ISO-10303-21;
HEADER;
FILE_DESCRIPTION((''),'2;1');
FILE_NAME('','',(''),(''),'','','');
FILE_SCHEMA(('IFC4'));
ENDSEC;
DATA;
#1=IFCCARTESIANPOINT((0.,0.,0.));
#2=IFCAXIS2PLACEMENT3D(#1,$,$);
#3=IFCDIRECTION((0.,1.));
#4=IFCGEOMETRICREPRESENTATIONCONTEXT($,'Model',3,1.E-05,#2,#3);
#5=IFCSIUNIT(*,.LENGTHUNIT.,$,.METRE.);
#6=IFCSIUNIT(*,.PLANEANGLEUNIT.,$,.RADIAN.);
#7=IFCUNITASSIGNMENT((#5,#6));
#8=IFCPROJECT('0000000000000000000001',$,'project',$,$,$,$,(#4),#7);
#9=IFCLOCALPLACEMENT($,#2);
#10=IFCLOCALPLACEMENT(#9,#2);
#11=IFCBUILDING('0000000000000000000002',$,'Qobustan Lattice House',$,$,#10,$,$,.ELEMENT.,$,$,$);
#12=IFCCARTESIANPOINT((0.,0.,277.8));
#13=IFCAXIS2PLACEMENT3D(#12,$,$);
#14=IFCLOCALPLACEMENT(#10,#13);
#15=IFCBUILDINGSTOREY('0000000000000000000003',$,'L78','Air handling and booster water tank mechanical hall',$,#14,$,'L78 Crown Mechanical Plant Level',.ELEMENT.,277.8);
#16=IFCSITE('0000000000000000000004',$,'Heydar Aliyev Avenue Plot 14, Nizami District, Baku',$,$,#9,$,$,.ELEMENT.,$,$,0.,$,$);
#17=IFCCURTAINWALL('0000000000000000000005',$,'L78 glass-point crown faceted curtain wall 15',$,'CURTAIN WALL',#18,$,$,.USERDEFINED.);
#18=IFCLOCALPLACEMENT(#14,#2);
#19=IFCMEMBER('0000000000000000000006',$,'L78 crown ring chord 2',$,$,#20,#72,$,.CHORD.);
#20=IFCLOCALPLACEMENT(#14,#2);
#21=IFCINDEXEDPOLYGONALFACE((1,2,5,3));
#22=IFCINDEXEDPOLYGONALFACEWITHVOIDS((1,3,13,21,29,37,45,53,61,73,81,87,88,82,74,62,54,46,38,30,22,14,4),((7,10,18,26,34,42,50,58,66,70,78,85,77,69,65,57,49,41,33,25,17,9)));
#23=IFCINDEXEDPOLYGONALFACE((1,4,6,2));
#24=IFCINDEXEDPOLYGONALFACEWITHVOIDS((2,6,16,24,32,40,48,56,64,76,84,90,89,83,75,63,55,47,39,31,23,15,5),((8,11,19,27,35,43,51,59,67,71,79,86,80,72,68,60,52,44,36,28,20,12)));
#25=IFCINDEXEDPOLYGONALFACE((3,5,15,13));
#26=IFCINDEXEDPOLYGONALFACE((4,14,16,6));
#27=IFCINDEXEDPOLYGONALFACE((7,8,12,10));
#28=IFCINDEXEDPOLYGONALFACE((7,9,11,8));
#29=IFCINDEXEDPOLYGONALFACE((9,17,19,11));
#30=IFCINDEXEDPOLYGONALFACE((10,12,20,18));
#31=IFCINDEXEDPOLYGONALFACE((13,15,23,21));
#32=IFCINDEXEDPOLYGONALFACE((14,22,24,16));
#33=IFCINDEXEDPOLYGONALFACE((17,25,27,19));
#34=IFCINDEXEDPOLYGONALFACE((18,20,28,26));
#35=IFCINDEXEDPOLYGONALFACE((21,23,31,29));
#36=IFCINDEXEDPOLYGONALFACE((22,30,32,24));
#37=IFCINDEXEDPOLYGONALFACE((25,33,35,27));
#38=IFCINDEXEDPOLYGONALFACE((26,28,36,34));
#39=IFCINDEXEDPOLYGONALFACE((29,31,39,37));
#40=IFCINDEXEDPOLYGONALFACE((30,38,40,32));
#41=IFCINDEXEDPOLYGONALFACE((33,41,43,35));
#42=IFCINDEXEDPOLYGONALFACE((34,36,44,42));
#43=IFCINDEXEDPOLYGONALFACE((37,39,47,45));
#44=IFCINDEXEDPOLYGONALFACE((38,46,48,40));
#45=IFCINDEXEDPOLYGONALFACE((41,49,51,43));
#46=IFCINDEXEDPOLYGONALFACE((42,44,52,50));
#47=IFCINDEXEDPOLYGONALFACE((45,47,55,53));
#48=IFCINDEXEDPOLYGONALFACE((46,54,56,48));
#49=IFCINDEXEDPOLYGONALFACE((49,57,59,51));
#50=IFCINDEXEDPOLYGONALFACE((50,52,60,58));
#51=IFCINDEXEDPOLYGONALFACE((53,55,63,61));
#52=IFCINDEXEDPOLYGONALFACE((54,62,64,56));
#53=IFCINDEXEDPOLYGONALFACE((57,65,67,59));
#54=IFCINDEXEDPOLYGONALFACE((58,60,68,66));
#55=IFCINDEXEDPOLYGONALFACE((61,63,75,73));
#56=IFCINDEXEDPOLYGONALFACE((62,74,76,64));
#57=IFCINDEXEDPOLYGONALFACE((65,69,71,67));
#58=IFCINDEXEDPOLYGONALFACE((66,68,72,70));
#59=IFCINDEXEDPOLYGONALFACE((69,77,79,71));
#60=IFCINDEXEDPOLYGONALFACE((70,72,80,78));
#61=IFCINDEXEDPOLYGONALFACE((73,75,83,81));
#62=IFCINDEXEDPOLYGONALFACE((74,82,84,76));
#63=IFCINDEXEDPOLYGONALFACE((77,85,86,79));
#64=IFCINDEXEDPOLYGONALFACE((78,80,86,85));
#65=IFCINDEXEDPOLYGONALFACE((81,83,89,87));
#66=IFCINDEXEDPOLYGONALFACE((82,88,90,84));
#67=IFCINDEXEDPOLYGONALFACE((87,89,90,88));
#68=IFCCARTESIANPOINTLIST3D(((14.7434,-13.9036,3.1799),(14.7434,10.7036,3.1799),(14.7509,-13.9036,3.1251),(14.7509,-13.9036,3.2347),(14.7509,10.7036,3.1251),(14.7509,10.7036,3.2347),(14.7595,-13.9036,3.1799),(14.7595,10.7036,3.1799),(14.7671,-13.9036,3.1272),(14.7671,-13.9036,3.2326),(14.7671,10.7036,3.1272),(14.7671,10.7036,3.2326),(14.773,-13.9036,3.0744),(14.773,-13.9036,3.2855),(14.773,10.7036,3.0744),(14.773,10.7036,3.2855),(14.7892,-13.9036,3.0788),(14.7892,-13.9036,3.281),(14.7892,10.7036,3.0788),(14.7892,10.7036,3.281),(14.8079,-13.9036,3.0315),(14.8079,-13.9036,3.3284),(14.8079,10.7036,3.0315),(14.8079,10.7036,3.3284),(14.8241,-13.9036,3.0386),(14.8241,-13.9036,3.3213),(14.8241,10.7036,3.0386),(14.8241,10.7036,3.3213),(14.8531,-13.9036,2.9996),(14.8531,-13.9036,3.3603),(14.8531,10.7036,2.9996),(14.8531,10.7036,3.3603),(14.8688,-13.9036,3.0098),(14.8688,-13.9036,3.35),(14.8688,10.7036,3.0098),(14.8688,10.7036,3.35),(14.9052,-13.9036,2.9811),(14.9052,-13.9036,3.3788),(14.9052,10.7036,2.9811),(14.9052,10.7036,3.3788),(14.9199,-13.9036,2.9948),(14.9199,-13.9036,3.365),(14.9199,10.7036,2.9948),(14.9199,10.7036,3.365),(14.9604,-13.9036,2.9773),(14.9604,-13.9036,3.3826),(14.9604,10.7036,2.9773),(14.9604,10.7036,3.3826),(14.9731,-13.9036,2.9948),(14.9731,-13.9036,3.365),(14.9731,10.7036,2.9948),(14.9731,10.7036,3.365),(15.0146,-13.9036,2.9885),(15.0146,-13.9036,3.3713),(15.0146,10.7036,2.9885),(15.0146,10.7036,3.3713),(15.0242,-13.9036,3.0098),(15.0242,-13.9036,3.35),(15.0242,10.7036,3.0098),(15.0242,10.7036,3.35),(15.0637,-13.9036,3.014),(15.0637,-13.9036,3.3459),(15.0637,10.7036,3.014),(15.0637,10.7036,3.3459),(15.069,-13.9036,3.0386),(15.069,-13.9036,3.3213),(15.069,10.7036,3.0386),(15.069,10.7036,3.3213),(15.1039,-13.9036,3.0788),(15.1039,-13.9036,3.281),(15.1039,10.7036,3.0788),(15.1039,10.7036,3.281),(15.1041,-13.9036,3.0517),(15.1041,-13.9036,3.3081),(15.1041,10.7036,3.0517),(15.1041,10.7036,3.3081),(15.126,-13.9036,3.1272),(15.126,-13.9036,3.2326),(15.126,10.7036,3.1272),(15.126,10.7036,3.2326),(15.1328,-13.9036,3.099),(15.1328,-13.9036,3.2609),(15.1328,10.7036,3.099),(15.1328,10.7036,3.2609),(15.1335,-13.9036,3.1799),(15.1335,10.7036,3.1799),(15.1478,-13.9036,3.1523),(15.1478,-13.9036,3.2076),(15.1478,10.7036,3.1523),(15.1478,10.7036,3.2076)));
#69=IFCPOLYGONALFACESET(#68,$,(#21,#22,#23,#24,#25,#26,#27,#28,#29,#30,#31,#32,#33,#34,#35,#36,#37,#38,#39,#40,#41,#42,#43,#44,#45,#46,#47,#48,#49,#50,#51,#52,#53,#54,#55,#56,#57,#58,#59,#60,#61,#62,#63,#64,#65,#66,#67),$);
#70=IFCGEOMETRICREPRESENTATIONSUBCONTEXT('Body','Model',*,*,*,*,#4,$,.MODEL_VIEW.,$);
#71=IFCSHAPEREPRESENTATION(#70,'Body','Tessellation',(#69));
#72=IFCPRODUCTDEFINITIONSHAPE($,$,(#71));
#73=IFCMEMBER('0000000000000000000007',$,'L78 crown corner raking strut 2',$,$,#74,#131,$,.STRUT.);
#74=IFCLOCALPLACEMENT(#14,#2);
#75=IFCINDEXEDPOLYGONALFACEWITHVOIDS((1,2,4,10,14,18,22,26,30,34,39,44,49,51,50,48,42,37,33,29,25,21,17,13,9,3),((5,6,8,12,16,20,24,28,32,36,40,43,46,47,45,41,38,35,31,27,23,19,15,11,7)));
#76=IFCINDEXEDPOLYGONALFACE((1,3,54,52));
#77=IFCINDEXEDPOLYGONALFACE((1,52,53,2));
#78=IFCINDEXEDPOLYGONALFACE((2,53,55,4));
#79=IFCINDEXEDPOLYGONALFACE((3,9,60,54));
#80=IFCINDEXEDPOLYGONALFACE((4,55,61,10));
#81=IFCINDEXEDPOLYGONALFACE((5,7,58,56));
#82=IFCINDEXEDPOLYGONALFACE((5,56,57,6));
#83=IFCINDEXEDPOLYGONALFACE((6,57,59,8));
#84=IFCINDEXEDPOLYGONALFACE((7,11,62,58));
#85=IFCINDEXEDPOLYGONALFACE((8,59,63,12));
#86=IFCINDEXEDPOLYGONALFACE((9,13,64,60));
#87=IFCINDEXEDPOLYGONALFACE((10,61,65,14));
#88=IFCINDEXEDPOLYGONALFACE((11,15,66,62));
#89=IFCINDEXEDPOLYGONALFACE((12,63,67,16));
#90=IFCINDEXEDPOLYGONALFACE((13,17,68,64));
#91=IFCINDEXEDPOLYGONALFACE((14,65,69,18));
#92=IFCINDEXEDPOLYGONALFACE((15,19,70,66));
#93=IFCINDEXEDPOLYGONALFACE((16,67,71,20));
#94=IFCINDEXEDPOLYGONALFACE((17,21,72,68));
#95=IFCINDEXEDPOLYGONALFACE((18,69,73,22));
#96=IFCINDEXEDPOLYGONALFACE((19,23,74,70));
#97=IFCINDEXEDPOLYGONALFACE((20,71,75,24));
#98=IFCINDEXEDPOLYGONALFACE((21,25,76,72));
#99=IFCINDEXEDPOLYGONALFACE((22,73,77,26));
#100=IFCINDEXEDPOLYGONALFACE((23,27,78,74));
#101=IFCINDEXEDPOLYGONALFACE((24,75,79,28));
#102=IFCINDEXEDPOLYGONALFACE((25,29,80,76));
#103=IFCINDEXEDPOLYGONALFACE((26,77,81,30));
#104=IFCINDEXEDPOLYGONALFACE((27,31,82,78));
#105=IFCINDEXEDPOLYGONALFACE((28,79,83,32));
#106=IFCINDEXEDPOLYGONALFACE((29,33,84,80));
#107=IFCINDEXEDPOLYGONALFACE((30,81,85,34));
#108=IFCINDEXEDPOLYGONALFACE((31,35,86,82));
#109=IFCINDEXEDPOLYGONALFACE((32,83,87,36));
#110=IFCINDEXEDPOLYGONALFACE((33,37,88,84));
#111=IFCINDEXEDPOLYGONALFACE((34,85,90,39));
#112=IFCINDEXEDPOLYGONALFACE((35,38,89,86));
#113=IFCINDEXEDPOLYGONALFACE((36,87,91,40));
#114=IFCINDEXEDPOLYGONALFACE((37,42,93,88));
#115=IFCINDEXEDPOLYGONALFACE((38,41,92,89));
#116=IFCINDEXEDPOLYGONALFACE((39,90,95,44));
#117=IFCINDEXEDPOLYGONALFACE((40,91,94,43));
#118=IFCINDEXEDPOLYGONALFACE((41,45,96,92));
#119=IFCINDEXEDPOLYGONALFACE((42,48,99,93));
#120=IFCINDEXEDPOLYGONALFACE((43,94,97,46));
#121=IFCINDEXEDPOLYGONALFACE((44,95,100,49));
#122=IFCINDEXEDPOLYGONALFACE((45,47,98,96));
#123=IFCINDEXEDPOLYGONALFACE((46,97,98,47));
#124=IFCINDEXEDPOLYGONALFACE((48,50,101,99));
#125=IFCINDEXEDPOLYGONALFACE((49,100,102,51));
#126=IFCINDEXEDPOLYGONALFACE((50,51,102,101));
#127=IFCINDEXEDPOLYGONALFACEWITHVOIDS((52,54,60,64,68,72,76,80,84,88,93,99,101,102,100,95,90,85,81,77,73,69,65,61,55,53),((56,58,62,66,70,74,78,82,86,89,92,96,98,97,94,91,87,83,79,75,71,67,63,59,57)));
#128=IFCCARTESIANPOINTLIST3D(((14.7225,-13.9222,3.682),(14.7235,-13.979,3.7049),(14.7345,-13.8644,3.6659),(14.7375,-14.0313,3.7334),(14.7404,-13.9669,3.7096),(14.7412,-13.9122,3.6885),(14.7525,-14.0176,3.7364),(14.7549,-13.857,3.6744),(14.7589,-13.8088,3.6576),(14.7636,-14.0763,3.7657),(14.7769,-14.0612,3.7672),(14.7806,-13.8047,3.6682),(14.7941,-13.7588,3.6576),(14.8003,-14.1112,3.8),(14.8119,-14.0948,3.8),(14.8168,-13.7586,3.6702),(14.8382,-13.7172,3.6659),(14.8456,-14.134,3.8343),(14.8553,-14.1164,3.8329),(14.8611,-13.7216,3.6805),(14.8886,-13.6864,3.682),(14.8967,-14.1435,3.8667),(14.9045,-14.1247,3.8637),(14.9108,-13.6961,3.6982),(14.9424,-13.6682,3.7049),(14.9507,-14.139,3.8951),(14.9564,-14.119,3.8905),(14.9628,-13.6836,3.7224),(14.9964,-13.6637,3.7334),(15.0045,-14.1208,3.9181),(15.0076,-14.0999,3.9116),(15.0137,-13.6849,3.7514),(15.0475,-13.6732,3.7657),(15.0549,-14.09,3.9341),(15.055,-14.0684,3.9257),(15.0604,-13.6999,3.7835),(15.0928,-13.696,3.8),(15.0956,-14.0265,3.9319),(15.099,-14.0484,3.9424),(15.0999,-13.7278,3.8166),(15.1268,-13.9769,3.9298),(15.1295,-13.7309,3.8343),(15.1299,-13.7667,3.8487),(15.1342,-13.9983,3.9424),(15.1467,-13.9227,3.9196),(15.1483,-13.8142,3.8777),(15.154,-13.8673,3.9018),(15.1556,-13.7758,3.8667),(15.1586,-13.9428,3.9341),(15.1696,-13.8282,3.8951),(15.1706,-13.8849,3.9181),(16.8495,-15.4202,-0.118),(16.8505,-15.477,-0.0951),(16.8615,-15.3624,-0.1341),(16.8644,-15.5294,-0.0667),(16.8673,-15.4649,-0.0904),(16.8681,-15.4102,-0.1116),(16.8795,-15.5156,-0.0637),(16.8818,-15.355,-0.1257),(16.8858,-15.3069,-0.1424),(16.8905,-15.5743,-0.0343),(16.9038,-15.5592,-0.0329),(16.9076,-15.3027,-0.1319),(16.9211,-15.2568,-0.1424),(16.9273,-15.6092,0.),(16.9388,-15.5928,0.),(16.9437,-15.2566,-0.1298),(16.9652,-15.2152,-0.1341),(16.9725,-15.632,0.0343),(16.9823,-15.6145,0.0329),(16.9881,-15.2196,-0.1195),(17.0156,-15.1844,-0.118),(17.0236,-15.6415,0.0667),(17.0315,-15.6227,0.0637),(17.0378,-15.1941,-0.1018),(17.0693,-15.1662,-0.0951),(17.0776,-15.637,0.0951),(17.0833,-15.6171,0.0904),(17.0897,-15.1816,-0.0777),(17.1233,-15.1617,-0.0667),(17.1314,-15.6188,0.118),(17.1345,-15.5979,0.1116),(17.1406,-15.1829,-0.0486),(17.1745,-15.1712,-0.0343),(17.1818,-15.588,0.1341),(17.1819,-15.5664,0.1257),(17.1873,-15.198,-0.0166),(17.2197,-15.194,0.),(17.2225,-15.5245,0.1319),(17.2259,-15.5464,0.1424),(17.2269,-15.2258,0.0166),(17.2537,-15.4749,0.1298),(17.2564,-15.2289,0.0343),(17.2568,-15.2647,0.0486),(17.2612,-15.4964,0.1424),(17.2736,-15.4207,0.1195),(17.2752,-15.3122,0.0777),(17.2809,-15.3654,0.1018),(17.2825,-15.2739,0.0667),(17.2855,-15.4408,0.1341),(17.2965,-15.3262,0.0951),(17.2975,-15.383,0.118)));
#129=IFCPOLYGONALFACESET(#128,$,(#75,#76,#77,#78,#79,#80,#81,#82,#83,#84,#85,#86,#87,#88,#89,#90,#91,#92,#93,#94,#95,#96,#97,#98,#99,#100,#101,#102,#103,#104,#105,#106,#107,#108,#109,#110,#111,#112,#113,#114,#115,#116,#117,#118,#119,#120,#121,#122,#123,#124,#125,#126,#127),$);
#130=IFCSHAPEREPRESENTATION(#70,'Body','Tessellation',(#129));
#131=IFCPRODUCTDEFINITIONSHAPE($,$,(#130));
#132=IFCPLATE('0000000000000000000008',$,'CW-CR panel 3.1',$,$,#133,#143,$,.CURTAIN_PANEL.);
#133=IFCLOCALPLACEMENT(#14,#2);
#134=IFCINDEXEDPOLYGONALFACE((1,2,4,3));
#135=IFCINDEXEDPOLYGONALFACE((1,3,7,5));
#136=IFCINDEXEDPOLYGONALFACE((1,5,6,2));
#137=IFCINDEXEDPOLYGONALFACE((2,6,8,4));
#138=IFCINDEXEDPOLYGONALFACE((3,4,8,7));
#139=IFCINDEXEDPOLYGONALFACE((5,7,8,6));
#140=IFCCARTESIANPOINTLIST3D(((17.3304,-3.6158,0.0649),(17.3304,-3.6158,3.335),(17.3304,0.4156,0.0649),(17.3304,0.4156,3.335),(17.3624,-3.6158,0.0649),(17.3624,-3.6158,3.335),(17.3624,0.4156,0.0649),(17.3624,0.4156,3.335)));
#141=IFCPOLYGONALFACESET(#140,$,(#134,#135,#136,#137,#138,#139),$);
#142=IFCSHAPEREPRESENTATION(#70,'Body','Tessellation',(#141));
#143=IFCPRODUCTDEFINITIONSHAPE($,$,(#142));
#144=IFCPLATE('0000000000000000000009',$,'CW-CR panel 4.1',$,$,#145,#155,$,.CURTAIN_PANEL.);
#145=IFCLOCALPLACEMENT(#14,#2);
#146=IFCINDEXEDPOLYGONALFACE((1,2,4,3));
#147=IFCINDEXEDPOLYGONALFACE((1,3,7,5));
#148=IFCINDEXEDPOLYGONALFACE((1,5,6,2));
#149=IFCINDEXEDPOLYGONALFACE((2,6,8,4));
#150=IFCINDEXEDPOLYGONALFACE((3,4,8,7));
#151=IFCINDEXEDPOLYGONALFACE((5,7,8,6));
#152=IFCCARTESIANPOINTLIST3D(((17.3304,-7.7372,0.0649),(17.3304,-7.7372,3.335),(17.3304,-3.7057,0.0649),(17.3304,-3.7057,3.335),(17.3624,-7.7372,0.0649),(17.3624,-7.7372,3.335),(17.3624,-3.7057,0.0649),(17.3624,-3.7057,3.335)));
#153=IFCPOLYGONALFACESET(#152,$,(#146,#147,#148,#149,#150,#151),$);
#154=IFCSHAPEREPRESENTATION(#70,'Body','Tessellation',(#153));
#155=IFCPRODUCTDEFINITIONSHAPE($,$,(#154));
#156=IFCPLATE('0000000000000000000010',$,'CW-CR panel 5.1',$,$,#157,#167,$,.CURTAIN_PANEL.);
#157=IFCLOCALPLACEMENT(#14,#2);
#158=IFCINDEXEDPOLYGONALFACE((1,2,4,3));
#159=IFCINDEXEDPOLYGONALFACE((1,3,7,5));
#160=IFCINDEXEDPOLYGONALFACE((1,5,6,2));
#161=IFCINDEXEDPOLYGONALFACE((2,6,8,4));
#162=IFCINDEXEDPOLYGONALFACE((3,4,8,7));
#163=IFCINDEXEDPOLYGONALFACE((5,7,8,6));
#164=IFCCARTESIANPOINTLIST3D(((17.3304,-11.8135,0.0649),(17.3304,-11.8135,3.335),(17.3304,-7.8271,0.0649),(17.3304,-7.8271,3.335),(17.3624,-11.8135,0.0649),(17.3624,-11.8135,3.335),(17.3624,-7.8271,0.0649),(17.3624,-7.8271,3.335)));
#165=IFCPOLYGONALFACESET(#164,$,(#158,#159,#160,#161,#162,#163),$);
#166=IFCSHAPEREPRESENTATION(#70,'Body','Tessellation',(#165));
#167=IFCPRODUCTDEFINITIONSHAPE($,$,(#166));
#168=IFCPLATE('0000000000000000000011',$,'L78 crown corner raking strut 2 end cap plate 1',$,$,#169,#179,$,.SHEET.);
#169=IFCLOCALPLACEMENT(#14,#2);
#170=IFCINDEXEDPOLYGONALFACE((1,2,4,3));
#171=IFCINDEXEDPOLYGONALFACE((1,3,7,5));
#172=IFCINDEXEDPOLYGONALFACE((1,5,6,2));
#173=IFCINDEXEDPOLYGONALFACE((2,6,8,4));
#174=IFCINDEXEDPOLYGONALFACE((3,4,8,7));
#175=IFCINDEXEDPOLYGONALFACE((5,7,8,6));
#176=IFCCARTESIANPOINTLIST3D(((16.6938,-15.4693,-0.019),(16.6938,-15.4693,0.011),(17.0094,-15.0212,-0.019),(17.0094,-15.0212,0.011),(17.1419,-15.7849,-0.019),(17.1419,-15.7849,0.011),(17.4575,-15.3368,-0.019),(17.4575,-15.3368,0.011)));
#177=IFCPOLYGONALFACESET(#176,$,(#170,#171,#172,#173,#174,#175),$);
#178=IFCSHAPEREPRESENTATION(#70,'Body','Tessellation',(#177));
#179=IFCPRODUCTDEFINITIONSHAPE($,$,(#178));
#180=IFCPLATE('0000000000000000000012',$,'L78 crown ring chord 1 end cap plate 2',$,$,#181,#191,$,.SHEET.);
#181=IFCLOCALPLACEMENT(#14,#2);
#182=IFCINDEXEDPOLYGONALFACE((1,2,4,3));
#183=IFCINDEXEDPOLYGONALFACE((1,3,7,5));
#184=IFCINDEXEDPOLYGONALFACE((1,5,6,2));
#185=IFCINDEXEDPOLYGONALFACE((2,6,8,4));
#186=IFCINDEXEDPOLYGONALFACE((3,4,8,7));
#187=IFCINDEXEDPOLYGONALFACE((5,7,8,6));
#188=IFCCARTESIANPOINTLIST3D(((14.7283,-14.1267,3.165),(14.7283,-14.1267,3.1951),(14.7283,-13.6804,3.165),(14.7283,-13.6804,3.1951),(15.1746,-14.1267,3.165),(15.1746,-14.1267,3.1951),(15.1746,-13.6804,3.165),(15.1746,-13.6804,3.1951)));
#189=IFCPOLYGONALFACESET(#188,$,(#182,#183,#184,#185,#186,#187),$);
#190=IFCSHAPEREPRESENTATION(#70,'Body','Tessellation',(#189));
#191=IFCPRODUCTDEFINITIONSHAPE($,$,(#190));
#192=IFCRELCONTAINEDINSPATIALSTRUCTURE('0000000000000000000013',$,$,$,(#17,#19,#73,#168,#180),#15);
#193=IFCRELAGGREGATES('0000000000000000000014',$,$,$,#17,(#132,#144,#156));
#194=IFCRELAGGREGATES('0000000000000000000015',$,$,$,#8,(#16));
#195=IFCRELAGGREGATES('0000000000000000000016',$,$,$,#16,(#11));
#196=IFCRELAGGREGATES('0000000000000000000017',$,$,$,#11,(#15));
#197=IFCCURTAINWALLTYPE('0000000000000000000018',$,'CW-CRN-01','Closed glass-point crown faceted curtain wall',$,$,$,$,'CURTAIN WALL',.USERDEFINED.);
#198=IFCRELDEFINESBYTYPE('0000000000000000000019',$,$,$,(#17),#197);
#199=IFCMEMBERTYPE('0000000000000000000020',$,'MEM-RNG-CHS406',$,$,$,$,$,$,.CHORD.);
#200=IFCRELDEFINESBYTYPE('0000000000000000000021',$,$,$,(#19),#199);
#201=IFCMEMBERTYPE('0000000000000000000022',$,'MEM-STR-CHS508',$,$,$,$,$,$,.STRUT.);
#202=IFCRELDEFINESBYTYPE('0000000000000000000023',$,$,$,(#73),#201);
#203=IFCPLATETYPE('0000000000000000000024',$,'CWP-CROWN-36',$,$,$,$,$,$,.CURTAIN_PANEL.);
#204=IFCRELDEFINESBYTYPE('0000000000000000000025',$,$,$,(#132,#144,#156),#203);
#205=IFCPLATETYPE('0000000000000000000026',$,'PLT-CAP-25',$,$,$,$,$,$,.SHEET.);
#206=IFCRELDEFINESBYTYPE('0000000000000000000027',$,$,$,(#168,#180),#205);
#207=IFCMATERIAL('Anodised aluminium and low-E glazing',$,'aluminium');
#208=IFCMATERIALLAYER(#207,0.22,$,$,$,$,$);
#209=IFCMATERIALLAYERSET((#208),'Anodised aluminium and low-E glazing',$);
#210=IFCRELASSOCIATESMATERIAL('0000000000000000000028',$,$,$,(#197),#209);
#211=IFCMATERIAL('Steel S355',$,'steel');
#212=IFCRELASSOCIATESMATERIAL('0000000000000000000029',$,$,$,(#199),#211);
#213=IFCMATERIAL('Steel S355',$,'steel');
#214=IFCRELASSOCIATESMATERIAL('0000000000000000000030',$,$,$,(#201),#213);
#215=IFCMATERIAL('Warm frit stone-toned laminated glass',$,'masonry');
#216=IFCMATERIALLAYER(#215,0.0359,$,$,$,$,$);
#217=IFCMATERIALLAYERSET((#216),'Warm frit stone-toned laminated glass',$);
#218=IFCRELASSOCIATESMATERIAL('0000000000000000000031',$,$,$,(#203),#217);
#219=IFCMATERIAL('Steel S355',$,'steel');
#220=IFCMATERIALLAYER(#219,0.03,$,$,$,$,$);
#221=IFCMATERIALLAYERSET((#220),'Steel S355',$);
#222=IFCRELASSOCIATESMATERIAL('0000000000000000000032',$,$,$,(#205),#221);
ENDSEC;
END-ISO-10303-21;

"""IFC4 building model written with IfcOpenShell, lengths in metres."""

from ifc_helpers import new_model, si_unit, direction, frame, origin, origin_2d, place, context, subcontext, project, spatial, rectangle, hollow_circle, extrude, material, layer, layer_set, material_profile, profile_set, type_object, element, aggregate, save


model = new_model("IFC4")

# Units and contexts
model_context = context("Model", 3, precision=1e-05, world=origin(), true_north=direction((0.0, 1.0)))
body_context = subcontext(model_context, "Body", "Model", "MODEL_VIEW")
ifc_project = project(units=[si_unit("LENGTHUNIT", "METRE"), si_unit("PLANEANGLEUNIT", "RADIAN")], contexts=[model_context])

# Site, building, storey
site_placement = place(None, origin())
site = spatial("IfcSite", under=ifc_project, at=site_placement, Name="Heydar Aliyev Avenue Plot 14, Nizami District, Baku", CompositionType="ELEMENT", RefElevation=0.0)
building_placement = place(site_placement, origin())
building = spatial("IfcBuilding", under=site, at=building_placement, Name="Qobustan Lattice House", CompositionType="ELEMENT")
storey_placement = place(building_placement, frame((0.0, 0.0, 277.8)))
storey = spatial("IfcBuildingStorey", under=building, at=storey_placement, Name="L78", Description="Air handling and booster water tank mechanical hall", LongName="L78 Crown Mechanical Plant Level", CompositionType="ELEMENT", Elevation=277.8)

# Curtain wall
ifc_material_1 = material(Name="Anodised aluminium and low-E glazing", Category="aluminium")
ifc_layer_1 = layer(ifc_material_1, 0.22)
ifc_layer_set_1 = layer_set([ifc_layer_1], Name="Anodised aluminium and low-E glazing")
curtain_wall_type = type_object("IfcCurtainWallType", Name="CW-CRN-01", Description="Closed glass-point crown faceted curtain wall", ElementType="CURTAIN WALL", PredefinedType="USERDEFINED", material=ifc_layer_set_1)
curtain_wall_1_placement = place(storey_placement, origin())
curtain_wall_1 = element("IfcCurtainWall", 1, at=curtain_wall_1_placement, inside=storey, type_object=curtain_wall_type, Name="L78 glass-point crown faceted curtain wall 15", ObjectType="CURTAIN WALL", PredefinedType="USERDEFINED")

# Members
ifc_material_2 = material(Name="Steel S355", Category="steel")
ifc_material_profile_1 = material_profile(ifc_material_2, hollow_circle(Radius=0.2031, WallThickness=0.0161, at=origin_2d()), Name="CHS406.4x16")
ifc_profile_set_1 = profile_set([ifc_material_profile_1], Name="Steel S355")
member_type_1 = type_object("IfcMemberType", Name="MEM-RNG-CHS406", PredefinedType="CHORD", material=ifc_profile_set_1)
member_1_placement = place(storey_placement, frame((14.9465, -13.9036, 3.1799), z_axis=(0.0, 1.0, 0.0), x_axis=(-1.0, 0.0, 0.0)))
element("IfcMember", 2, at=member_1_placement, inside=storey, type_object=member_type_1, Name="L78 crown ring chord 2", PredefinedType="CHORD", context=body_context, shape_type="SweptSolid", body=[
    extrude(hollow_circle(Radius=0.2031, WallThickness=0.0161, at=origin_2d()), origin(), (0.0, 0.0, 1.0), 24.6072),
])
ifc_material_3 = material(Name="Steel S355", Category="steel")
ifc_material_profile_2 = material_profile(ifc_material_3, hollow_circle(Radius=0.2539, WallThickness=0.02, at=origin_2d()), Name="CHS508x20")
ifc_profile_set_2 = profile_set([ifc_material_profile_2], Name="Steel S355")
member_type_2 = type_object("IfcMemberType", Name="MEM-STR-CHS508", PredefinedType="STRUT", material=ifc_profile_set_2)
member_2_placement = place(storey_placement, frame((17.0735, -15.4016, 0.0), z_axis=(-0.461853, 0.32529, 0.825154), x_axis=(-0.575828, -0.817571, 0.0)))
element("IfcMember", 3, at=member_2_placement, inside=storey, type_object=member_type_2, Name="L78 crown corner raking strut 2", PredefinedType="STRUT", context=body_context, shape_type="SweptSolid", body=[
    extrude(hollow_circle(Radius=0.2539, WallThickness=0.02, at=origin_2d()), origin(), (0.0, 0.0, 1.0), 4.6052),
])

# Plates
ifc_material_4 = material(Name="Warm frit stone-toned laminated glass", Category="masonry")
ifc_layer_2 = layer(ifc_material_4, 0.0359)
ifc_layer_set_2 = layer_set([ifc_layer_2], Name="Warm frit stone-toned laminated glass")
plate_type_1 = type_object("IfcPlateType", Name="CWP-CROWN-36", PredefinedType="CURTAIN_PANEL", material=ifc_layer_set_2)
plate_1_placement = place(storey_placement, frame((17.3464, -1.6001, 0.0649), z_axis=(0.0, 0.0, 1.0), x_axis=(0.0, -1.0, 0.0)))
plate_1 = element("IfcPlate", 4, at=plate_1_placement, type_object=plate_type_1, Name="CW-CR panel 3.1", PredefinedType="CURTAIN_PANEL", context=body_context, shape_type="SweptSolid", body=[
    extrude(rectangle(XDim=4.0315, YDim=0.032, at=origin_2d()), origin(), (0.0, 0.0, 1.0), 3.27),
])
plate_2_placement = place(storey_placement, frame((17.3464, -5.7214, 0.0649), z_axis=(0.0, 0.0, 1.0), x_axis=(0.0, -1.0, 0.0)))
plate_2 = element("IfcPlate", 5, at=plate_2_placement, type_object=plate_type_1, Name="CW-CR panel 4.1", PredefinedType="CURTAIN_PANEL", context=body_context, shape_type="SweptSolid", body=[
    extrude(rectangle(XDim=4.0315, YDim=0.032, at=origin_2d()), origin(), (0.0, 0.0, 1.0), 3.27),
])
plate_3_placement = place(storey_placement, frame((17.3464, -9.8203, 0.0649), z_axis=(0.0, 0.0, 1.0), x_axis=(0.0, -1.0, 0.0)))
plate_3 = element("IfcPlate", 6, at=plate_3_placement, type_object=plate_type_1, Name="CW-CR panel 5.1", PredefinedType="CURTAIN_PANEL", context=body_context, shape_type="SweptSolid", body=[
    extrude(rectangle(XDim=3.9863, YDim=0.032, at=origin_2d()), origin(), (0.0, 0.0, 1.0), 3.27),
])
aggregate(curtain_wall_1, [plate_1, plate_2, plate_3])

# Plates
ifc_material_5 = material(Name="Steel S355", Category="steel")
ifc_layer_3 = layer(ifc_material_5, 0.03)
ifc_layer_set_3 = layer_set([ifc_layer_3], Name="Steel S355")
plate_type_2 = type_object("IfcPlateType", Name="PLT-CAP-25", PredefinedType="SHEET", material=ifc_layer_set_3)
plate_4_placement = place(storey_placement, frame((17.0757, -15.4031, -0.019), z_axis=(0.0, 0.0, 1.0), x_axis=(-0.817587, 0.575805, 0.0)))
element("IfcPlate", 7, at=plate_4_placement, inside=storey, type_object=plate_type_2, Name="L78 crown corner raking strut 2 end cap plate 1", PredefinedType="SHEET", context=body_context, shape_type="SweptSolid", body=[
    extrude(rectangle(XDim=0.5481, YDim=0.5481, at=origin_2d()), origin(), (0.0, 0.0, 1.0), 0.03),
])
plate_5_placement = place(storey_placement, frame((14.9514, -13.9036, 3.165), z_axis=(0.0, 0.0, 1.0), x_axis=(1.0, 0.0, 0.0)))
element("IfcPlate", 8, at=plate_5_placement, inside=storey, type_object=plate_type_2, Name="L78 crown ring chord 1 end cap plate 2", PredefinedType="SHEET", context=body_context, shape_type="SweptSolid", body=[
    extrude(rectangle(XDim=0.4463, YDim=0.4463, at=origin_2d()), origin(), (0.0, 0.0, 1.0), 0.03),
])

save(model, "model.ifc")
